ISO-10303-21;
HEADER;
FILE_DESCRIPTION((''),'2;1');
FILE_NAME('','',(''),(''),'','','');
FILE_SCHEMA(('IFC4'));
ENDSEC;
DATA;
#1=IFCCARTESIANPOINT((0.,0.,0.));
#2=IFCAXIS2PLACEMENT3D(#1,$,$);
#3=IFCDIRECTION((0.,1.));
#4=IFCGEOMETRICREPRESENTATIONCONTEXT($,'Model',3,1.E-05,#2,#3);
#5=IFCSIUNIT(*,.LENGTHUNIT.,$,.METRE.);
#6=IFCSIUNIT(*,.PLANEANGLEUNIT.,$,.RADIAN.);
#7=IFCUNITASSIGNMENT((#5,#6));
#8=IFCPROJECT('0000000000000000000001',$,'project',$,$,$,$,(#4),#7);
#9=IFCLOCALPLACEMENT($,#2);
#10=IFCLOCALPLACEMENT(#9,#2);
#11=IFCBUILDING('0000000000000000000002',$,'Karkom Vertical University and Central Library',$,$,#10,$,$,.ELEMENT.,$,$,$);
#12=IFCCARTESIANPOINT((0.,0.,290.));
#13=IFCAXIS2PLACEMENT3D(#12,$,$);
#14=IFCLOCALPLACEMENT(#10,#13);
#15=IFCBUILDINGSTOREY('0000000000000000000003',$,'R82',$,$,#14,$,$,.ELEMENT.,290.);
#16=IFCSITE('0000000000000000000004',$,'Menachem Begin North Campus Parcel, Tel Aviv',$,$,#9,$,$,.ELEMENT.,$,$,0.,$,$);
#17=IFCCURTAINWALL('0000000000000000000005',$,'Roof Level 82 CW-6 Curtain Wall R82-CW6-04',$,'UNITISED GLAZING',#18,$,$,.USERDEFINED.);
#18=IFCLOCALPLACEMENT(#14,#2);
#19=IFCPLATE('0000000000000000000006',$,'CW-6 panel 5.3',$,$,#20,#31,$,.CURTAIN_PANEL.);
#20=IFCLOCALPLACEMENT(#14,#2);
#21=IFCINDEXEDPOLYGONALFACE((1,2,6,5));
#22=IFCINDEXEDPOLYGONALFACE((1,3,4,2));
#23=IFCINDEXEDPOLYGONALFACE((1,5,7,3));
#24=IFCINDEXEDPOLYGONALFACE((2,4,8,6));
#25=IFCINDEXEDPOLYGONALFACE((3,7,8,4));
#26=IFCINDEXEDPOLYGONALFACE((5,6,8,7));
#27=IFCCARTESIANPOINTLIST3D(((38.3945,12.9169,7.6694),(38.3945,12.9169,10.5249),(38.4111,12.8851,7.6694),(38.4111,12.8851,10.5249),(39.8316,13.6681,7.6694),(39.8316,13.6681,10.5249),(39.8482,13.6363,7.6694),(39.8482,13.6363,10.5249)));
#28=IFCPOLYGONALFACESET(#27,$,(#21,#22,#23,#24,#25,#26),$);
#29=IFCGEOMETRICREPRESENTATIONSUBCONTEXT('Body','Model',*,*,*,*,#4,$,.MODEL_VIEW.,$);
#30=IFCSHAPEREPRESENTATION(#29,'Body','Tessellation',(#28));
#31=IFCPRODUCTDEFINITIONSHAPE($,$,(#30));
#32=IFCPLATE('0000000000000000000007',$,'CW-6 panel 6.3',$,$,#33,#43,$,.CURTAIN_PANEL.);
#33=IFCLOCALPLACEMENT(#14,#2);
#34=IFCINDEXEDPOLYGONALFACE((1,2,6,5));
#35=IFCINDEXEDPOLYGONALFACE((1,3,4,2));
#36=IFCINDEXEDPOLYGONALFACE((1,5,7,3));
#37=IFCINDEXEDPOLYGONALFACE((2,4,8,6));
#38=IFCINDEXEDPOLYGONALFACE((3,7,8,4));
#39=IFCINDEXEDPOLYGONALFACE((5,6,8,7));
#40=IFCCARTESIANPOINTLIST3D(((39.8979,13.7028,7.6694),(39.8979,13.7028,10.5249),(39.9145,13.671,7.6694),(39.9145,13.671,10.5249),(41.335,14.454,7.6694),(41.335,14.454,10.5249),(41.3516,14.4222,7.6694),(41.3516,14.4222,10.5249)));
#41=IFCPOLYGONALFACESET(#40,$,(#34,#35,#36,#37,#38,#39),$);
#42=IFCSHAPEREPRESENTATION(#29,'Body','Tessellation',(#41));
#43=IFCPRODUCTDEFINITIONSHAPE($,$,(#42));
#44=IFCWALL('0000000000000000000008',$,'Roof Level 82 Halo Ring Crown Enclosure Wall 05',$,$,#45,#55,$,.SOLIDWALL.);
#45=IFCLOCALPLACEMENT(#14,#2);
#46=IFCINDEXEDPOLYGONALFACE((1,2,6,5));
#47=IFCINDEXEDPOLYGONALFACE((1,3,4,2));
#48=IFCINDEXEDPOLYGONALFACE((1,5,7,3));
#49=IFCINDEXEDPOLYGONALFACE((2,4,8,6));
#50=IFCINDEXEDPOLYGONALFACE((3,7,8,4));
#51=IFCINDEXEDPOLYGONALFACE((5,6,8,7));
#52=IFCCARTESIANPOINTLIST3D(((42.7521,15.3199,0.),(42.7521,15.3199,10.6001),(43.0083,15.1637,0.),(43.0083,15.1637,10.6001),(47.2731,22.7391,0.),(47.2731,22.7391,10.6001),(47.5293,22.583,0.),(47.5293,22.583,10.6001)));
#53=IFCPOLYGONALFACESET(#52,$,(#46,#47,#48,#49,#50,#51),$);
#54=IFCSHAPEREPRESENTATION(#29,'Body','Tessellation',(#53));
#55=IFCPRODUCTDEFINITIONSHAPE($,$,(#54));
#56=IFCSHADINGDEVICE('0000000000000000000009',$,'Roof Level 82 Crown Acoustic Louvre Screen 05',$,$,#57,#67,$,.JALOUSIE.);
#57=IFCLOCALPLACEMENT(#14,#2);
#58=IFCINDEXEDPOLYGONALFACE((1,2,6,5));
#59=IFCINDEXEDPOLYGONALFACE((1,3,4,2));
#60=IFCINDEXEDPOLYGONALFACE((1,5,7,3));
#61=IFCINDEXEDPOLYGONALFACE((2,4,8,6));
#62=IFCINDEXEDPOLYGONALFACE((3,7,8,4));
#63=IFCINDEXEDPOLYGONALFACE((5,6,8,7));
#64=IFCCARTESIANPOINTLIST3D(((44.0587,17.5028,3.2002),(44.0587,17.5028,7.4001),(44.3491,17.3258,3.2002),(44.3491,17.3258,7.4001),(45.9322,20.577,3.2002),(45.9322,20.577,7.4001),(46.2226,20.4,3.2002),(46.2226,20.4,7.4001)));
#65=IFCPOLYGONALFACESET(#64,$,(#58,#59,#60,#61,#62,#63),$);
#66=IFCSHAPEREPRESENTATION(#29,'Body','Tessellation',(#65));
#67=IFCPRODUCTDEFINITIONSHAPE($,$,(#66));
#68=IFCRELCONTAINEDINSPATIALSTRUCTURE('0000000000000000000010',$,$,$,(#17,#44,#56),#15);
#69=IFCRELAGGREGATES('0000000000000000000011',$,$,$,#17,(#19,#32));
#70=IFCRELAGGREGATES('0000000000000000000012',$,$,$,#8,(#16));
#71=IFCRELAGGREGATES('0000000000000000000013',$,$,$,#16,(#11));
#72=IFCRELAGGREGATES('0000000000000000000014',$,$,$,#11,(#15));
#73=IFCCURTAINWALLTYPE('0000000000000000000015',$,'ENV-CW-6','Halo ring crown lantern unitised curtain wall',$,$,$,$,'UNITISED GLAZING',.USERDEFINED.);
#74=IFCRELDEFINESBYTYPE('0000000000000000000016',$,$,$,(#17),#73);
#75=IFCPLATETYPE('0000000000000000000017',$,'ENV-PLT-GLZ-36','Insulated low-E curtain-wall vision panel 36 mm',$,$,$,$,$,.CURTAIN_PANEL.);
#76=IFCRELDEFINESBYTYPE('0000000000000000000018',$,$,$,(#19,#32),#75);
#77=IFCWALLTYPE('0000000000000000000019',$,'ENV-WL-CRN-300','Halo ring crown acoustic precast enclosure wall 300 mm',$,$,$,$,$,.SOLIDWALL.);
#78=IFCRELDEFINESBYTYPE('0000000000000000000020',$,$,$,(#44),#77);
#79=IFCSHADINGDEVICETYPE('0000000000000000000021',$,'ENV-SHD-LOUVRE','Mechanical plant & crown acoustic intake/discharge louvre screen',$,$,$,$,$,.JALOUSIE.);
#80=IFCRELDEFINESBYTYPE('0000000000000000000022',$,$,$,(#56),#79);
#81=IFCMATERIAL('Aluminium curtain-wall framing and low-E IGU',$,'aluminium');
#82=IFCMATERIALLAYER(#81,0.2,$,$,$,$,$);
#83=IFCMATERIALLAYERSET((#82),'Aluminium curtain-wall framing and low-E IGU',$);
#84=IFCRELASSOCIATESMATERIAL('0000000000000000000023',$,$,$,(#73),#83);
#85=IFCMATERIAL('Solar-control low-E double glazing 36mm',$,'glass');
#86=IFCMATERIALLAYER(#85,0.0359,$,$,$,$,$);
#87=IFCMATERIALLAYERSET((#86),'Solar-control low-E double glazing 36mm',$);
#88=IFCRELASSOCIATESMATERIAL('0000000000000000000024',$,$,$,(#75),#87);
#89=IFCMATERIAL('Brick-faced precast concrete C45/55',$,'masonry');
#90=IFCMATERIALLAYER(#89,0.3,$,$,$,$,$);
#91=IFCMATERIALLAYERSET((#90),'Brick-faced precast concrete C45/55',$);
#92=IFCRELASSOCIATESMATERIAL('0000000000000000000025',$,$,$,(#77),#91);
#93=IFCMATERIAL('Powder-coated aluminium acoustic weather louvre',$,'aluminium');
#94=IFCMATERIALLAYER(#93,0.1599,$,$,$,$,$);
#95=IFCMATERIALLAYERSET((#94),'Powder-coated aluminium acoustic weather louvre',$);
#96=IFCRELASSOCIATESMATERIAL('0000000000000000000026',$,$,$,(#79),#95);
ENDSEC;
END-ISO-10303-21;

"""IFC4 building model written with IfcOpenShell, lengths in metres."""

from ifc_helpers import new_model, si_unit, direction, frame, frame_2d, origin, origin_with_axes, origin_2d, place, context, subcontext, project, spatial, rectangle, extrude, source, transform, mapped, material, layer, layer_set, type_object, element, aggregate, save


model = new_model("IFC4")

# Units and contexts
model_context = context("Model", 3, precision=1e-05, world=origin(), true_north=direction((0.0, 1.0)))
body_context = subcontext(model_context, "Body", "Model", "MODEL_VIEW")
ifc_project = project(units=[si_unit("LENGTHUNIT", "METRE"), si_unit("PLANEANGLEUNIT", "RADIAN")], contexts=[model_context])

# Site, building, storey
site_placement = place(None, origin())
site = spatial("IfcSite", under=ifc_project, at=site_placement, Name="Menachem Begin North Campus Parcel, Tel Aviv", CompositionType="ELEMENT", RefElevation=0.0)
building_placement = place(site_placement, origin())
building = spatial("IfcBuilding", under=site, at=building_placement, Name="Karkom Vertical University and Central Library", CompositionType="ELEMENT")
storey_placement = place(building_placement, frame((0.0, 0.0, 290.0)))
storey = spatial("IfcBuildingStorey", under=building, at=storey_placement, Name="R82", CompositionType="ELEMENT", Elevation=290.0)

# Curtain wall
ifc_material_1 = material(Name="Aluminium curtain-wall framing and low-E IGU", Category="aluminium")
ifc_layer_1 = layer(ifc_material_1, 0.2)
ifc_layer_set_1 = layer_set([ifc_layer_1], Name="Aluminium curtain-wall framing and low-E IGU")
curtain_wall_type = type_object("IfcCurtainWallType", Name="ENV-CW-6", Description="Halo ring crown lantern unitised curtain wall", ElementType="UNITISED GLAZING", PredefinedType="USERDEFINED", material=ifc_layer_set_1)
curtain_wall_placement = place(storey_placement, origin())
curtain_wall = element("IfcCurtainWall", 1, at=curtain_wall_placement, inside=storey, type_object=curtain_wall_type, Name="Roof Level 82 CW-6 Curtain Wall R82-CW6-04", ObjectType="UNITISED GLAZING", PredefinedType="USERDEFINED")

# Plates
ifc_material_2 = material(Name="Solar-control low-E double glazing 36mm", Category="glass")
ifc_layer_2 = layer(ifc_material_2, 0.0359)
ifc_layer_set_2 = layer_set([ifc_layer_2], Name="Solar-control low-E double glazing 36mm")
plate_type = type_object("IfcPlateType", Name="ENV-PLT-GLZ-36", Description="Insulated low-E curtain-wall vision panel 36 mm", PredefinedType="CURTAIN_PANEL", material=ifc_layer_set_2)
shared_shape_1 = source(origin_with_axes(), body_context, "Body", "SweptSolid", [
    extrude(rectangle(XDim=1.6216, YDim=0.0359, at=origin_2d()), origin(), (0.0, 0.0, 1.0), 2.8555),
])
plate_1_placement = place(storey_placement, frame((39.1213, 13.2766, 7.6694), z_axis=(0.0, 0.0, 1.0), x_axis=(0.88621, 0.463284, 0.0)))
plate_1 = element("IfcPlate", 2, at=plate_1_placement, type_object=plate_type, Name="CW-6 panel 5.3", PredefinedType="CURTAIN_PANEL", context=body_context, shape_type="MappedRepresentation", body=[
    mapped(shared_shape_1, transform((0.0, 0.0, 0.0), scale=1.0)),
])
plate_2_placement = place(storey_placement, frame((40.6248, 14.0625, 7.6694), z_axis=(0.0, 0.0, 1.0), x_axis=(0.88621, 0.463284, 0.0)))
plate_2 = element("IfcPlate", 3, at=plate_2_placement, type_object=plate_type, Name="CW-6 panel 6.3", PredefinedType="CURTAIN_PANEL", context=body_context, shape_type="MappedRepresentation", body=[
    mapped(shared_shape_1, transform((0.0, 0.0, 0.0), scale=1.0)),
])
aggregate(curtain_wall, [plate_1, plate_2])

# Wall
ifc_material_3 = material(Name="Brick-faced precast concrete C45/55", Category="masonry")
ifc_layer_3 = layer(ifc_material_3, 0.3)
ifc_layer_set_3 = layer_set([ifc_layer_3], Name="Brick-faced precast concrete C45/55")
wall_type = type_object("IfcWallType", Name="ENV-WL-CRN-300", Description="Halo ring crown acoustic precast enclosure wall 300 mm", PredefinedType="SOLIDWALL", material=ifc_layer_set_3)
wall_placement = place(storey_placement, frame((42.8801, 15.2417, 0.0), z_axis=(0.0, 0.0, 1.0), x_axis=(0.520364, 0.853945, 0.0)))
element("IfcWall", 4, at=wall_placement, inside=storey, type_object=wall_type, Name="Roof Level 82 Halo Ring Crown Enclosure Wall 05", PredefinedType="SOLIDWALL", context=body_context, shape_type="SweptSolid", body=[
    extrude(rectangle(XDim=8.6882, YDim=0.3, at=frame_2d((4.3442, 0.0))), origin(), (0.0, 0.0, 1.0), 10.6001),
])

# Shading device
ifc_material_4 = material(Name="Powder-coated aluminium acoustic weather louvre", Category="aluminium")
ifc_layer_4 = layer(ifc_material_4, 0.1599)
ifc_layer_set_4 = layer_set([ifc_layer_4], Name="Powder-coated aluminium acoustic weather louvre")
shading_device_type = type_object("IfcShadingDeviceType", Name="ENV-SHD-LOUVRE", Description="Mechanical plant & crown acoustic intake/discharge louvre screen", PredefinedType="JALOUSIE", material=ifc_layer_set_4)
shared_shape_2 = source(origin_with_axes(), body_context, "Body", "SweptSolid", [
    extrude(rectangle(XDim=3.6001, YDim=0.3401, at=origin_2d()), origin(), (0.0, 0.0, 1.0), 4.2),
])
shading_device_placement = place(storey_placement, frame((45.1406, 18.9514, 3.2002), z_axis=(0.0, 0.0, 1.0), x_axis=(0.520414, 0.853914, 0.0)))
element("IfcShadingDevice", 5, at=shading_device_placement, inside=storey, type_object=shading_device_type, Name="Roof Level 82 Crown Acoustic Louvre Screen 05", PredefinedType="JALOUSIE", context=body_context, shape_type="MappedRepresentation", body=[
    mapped(shared_shape_2, transform((0.0, 0.0, 0.0), scale=1.0)),
])

save(model, "model.ifc")
